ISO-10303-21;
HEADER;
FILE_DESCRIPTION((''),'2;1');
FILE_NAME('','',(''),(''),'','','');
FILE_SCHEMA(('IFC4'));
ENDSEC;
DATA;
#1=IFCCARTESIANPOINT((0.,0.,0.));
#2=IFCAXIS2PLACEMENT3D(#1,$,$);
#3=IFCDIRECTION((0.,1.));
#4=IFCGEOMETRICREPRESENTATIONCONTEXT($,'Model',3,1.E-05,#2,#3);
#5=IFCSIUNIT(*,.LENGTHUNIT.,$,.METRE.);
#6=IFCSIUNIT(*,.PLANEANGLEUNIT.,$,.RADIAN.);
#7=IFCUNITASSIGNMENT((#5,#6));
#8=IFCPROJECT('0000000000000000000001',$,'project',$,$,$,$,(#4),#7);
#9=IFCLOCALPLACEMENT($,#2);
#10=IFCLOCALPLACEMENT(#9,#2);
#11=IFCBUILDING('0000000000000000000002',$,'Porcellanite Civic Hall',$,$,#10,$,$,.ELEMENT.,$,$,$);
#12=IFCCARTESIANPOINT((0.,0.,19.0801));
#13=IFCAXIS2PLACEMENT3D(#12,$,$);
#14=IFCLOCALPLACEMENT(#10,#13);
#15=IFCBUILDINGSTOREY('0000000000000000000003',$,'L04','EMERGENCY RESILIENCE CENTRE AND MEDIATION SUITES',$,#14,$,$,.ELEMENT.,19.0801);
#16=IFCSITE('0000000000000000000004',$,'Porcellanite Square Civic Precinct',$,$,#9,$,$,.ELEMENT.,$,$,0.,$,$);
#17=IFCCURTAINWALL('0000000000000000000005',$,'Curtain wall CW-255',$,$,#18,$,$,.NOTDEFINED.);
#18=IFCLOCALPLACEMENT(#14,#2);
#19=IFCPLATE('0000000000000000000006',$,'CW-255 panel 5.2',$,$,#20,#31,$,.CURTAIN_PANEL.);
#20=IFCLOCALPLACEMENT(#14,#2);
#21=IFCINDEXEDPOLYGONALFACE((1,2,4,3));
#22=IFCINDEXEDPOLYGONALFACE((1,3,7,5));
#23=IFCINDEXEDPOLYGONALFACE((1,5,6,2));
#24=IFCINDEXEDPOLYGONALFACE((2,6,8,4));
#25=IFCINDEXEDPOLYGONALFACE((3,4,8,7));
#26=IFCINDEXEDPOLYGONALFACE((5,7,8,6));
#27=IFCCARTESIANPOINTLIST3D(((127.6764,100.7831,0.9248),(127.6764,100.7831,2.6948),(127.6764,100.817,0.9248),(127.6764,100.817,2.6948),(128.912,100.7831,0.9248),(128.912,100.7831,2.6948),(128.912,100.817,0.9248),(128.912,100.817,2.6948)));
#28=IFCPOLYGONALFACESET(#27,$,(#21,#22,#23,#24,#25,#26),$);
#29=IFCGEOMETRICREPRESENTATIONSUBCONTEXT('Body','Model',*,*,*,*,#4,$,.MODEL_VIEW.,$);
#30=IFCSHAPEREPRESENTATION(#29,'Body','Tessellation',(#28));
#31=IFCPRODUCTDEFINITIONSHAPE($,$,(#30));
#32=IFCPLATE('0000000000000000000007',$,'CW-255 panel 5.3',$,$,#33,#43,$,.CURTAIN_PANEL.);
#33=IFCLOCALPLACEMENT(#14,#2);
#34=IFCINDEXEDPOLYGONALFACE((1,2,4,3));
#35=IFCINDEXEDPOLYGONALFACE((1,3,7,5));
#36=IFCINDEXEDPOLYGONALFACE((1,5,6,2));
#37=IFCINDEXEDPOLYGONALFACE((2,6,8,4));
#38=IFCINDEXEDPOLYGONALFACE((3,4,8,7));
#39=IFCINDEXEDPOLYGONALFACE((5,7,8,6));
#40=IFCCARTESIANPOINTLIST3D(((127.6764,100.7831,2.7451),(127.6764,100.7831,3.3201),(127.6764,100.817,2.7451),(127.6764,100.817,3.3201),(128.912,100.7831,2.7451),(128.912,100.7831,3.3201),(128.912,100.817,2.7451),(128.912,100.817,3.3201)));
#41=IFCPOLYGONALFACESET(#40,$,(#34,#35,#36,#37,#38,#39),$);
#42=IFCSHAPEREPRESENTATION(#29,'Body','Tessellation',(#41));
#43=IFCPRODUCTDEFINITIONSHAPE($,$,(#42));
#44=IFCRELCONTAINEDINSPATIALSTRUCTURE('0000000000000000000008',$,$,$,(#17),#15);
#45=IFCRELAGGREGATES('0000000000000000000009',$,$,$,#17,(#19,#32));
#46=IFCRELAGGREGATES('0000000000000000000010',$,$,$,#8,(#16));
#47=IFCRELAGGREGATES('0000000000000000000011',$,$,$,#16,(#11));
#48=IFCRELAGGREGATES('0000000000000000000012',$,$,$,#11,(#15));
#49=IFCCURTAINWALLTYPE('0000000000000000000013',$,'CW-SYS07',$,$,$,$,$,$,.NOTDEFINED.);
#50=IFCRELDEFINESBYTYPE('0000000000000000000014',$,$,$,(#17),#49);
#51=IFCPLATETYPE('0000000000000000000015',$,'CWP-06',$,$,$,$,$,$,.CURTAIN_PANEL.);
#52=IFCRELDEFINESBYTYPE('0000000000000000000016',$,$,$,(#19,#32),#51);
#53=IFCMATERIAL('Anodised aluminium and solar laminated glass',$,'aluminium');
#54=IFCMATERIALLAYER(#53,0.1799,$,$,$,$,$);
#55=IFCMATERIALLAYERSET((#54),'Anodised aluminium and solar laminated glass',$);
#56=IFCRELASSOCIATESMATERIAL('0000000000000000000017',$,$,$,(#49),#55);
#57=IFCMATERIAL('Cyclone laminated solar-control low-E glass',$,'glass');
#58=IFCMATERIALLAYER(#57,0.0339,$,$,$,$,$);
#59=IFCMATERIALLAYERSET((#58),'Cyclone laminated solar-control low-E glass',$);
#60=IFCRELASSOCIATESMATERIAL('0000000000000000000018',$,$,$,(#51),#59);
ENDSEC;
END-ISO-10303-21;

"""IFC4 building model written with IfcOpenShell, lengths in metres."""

from ifc_helpers import new_model, si_unit, direction, frame, origin, origin_2d, place, context, subcontext, project, spatial, rectangle, extrude, material, layer, layer_set, type_object, element, aggregate, save


model = new_model("IFC4")

# Units and contexts
model_context = context("Model", 3, precision=1e-05, world=origin(), true_north=direction((0.0, 1.0)))
body_context = subcontext(model_context, "Body", "Model", "MODEL_VIEW")
ifc_project = project(units=[si_unit("LENGTHUNIT", "METRE"), si_unit("PLANEANGLEUNIT", "RADIAN")], contexts=[model_context])

# Site, building, storey
site_placement = place(None, origin())
site = spatial("IfcSite", under=ifc_project, at=site_placement, Name="Porcellanite Square Civic Precinct", CompositionType="ELEMENT", RefElevation=0.0)
building_placement = place(site_placement, origin())
building = spatial("IfcBuilding", under=site, at=building_placement, Name="Porcellanite Civic Hall", CompositionType="ELEMENT")
storey_placement = place(building_placement, frame((0.0, 0.0, 19.0801)))
storey = spatial("IfcBuildingStorey", under=building, at=storey_placement, Name="L04", Description="EMERGENCY RESILIENCE CENTRE AND MEDIATION SUITES", CompositionType="ELEMENT", Elevation=19.0801)

# Curtain wall
ifc_material_1 = material(Name="Anodised aluminium and solar laminated glass", Category="aluminium")
ifc_layer_1 = layer(ifc_material_1, 0.1799)
ifc_layer_set_1 = layer_set([ifc_layer_1], Name="Anodised aluminium and solar laminated glass")
curtain_wall_type = type_object("IfcCurtainWallType", Name="CW-SYS07", PredefinedType="NOTDEFINED", material=ifc_layer_set_1)
curtain_wall_placement = place(storey_placement, origin())
curtain_wall = element("IfcCurtainWall", 1, at=curtain_wall_placement, inside=storey, type_object=curtain_wall_type, Name="Curtain wall CW-255", PredefinedType="NOTDEFINED")

# Plates
ifc_material_2 = material(Name="Cyclone laminated solar-control low-E glass", Category="glass")
ifc_layer_2 = layer(ifc_material_2, 0.0339)
ifc_layer_set_2 = layer_set([ifc_layer_2], Name="Cyclone laminated solar-control low-E glass")
plate_type = type_object("IfcPlateType", Name="CWP-06", PredefinedType="CURTAIN_PANEL", material=ifc_layer_set_2)
plate_1_placement = place(storey_placement, frame((128.2942, 100.8, 0.9248), z_axis=(0.0, 0.0, 1.0), x_axis=(-1.0, 0.0, 0.0)))
plate_1 = element("IfcPlate", 2, at=plate_1_placement, type_object=plate_type, Name="CW-255 panel 5.2", PredefinedType="CURTAIN_PANEL", context=body_context, shape_type="SweptSolid", body=[
    extrude(rectangle(XDim=1.2356, YDim=0.0339, at=origin_2d()), origin(), (0.0, 0.0, 1.0), 1.77),
])
plate_2_placement = place(storey_placement, frame((128.2942, 100.8, 2.7451), z_axis=(0.0, 0.0, 1.0), x_axis=(-1.0, 0.0, 0.0)))
plate_2 = element("IfcPlate", 3, at=plate_2_placement, type_object=plate_type, Name="CW-255 panel 5.3", PredefinedType="CURTAIN_PANEL", context=body_context, shape_type="SweptSolid", body=[
    extrude(rectangle(XDim=1.2356, YDim=0.0339, at=origin_2d()), origin(), (0.0, 0.0, 1.0), 0.575),
])
aggregate(curtain_wall, [plate_1, plate_2])

save(model, "model.ifc")
